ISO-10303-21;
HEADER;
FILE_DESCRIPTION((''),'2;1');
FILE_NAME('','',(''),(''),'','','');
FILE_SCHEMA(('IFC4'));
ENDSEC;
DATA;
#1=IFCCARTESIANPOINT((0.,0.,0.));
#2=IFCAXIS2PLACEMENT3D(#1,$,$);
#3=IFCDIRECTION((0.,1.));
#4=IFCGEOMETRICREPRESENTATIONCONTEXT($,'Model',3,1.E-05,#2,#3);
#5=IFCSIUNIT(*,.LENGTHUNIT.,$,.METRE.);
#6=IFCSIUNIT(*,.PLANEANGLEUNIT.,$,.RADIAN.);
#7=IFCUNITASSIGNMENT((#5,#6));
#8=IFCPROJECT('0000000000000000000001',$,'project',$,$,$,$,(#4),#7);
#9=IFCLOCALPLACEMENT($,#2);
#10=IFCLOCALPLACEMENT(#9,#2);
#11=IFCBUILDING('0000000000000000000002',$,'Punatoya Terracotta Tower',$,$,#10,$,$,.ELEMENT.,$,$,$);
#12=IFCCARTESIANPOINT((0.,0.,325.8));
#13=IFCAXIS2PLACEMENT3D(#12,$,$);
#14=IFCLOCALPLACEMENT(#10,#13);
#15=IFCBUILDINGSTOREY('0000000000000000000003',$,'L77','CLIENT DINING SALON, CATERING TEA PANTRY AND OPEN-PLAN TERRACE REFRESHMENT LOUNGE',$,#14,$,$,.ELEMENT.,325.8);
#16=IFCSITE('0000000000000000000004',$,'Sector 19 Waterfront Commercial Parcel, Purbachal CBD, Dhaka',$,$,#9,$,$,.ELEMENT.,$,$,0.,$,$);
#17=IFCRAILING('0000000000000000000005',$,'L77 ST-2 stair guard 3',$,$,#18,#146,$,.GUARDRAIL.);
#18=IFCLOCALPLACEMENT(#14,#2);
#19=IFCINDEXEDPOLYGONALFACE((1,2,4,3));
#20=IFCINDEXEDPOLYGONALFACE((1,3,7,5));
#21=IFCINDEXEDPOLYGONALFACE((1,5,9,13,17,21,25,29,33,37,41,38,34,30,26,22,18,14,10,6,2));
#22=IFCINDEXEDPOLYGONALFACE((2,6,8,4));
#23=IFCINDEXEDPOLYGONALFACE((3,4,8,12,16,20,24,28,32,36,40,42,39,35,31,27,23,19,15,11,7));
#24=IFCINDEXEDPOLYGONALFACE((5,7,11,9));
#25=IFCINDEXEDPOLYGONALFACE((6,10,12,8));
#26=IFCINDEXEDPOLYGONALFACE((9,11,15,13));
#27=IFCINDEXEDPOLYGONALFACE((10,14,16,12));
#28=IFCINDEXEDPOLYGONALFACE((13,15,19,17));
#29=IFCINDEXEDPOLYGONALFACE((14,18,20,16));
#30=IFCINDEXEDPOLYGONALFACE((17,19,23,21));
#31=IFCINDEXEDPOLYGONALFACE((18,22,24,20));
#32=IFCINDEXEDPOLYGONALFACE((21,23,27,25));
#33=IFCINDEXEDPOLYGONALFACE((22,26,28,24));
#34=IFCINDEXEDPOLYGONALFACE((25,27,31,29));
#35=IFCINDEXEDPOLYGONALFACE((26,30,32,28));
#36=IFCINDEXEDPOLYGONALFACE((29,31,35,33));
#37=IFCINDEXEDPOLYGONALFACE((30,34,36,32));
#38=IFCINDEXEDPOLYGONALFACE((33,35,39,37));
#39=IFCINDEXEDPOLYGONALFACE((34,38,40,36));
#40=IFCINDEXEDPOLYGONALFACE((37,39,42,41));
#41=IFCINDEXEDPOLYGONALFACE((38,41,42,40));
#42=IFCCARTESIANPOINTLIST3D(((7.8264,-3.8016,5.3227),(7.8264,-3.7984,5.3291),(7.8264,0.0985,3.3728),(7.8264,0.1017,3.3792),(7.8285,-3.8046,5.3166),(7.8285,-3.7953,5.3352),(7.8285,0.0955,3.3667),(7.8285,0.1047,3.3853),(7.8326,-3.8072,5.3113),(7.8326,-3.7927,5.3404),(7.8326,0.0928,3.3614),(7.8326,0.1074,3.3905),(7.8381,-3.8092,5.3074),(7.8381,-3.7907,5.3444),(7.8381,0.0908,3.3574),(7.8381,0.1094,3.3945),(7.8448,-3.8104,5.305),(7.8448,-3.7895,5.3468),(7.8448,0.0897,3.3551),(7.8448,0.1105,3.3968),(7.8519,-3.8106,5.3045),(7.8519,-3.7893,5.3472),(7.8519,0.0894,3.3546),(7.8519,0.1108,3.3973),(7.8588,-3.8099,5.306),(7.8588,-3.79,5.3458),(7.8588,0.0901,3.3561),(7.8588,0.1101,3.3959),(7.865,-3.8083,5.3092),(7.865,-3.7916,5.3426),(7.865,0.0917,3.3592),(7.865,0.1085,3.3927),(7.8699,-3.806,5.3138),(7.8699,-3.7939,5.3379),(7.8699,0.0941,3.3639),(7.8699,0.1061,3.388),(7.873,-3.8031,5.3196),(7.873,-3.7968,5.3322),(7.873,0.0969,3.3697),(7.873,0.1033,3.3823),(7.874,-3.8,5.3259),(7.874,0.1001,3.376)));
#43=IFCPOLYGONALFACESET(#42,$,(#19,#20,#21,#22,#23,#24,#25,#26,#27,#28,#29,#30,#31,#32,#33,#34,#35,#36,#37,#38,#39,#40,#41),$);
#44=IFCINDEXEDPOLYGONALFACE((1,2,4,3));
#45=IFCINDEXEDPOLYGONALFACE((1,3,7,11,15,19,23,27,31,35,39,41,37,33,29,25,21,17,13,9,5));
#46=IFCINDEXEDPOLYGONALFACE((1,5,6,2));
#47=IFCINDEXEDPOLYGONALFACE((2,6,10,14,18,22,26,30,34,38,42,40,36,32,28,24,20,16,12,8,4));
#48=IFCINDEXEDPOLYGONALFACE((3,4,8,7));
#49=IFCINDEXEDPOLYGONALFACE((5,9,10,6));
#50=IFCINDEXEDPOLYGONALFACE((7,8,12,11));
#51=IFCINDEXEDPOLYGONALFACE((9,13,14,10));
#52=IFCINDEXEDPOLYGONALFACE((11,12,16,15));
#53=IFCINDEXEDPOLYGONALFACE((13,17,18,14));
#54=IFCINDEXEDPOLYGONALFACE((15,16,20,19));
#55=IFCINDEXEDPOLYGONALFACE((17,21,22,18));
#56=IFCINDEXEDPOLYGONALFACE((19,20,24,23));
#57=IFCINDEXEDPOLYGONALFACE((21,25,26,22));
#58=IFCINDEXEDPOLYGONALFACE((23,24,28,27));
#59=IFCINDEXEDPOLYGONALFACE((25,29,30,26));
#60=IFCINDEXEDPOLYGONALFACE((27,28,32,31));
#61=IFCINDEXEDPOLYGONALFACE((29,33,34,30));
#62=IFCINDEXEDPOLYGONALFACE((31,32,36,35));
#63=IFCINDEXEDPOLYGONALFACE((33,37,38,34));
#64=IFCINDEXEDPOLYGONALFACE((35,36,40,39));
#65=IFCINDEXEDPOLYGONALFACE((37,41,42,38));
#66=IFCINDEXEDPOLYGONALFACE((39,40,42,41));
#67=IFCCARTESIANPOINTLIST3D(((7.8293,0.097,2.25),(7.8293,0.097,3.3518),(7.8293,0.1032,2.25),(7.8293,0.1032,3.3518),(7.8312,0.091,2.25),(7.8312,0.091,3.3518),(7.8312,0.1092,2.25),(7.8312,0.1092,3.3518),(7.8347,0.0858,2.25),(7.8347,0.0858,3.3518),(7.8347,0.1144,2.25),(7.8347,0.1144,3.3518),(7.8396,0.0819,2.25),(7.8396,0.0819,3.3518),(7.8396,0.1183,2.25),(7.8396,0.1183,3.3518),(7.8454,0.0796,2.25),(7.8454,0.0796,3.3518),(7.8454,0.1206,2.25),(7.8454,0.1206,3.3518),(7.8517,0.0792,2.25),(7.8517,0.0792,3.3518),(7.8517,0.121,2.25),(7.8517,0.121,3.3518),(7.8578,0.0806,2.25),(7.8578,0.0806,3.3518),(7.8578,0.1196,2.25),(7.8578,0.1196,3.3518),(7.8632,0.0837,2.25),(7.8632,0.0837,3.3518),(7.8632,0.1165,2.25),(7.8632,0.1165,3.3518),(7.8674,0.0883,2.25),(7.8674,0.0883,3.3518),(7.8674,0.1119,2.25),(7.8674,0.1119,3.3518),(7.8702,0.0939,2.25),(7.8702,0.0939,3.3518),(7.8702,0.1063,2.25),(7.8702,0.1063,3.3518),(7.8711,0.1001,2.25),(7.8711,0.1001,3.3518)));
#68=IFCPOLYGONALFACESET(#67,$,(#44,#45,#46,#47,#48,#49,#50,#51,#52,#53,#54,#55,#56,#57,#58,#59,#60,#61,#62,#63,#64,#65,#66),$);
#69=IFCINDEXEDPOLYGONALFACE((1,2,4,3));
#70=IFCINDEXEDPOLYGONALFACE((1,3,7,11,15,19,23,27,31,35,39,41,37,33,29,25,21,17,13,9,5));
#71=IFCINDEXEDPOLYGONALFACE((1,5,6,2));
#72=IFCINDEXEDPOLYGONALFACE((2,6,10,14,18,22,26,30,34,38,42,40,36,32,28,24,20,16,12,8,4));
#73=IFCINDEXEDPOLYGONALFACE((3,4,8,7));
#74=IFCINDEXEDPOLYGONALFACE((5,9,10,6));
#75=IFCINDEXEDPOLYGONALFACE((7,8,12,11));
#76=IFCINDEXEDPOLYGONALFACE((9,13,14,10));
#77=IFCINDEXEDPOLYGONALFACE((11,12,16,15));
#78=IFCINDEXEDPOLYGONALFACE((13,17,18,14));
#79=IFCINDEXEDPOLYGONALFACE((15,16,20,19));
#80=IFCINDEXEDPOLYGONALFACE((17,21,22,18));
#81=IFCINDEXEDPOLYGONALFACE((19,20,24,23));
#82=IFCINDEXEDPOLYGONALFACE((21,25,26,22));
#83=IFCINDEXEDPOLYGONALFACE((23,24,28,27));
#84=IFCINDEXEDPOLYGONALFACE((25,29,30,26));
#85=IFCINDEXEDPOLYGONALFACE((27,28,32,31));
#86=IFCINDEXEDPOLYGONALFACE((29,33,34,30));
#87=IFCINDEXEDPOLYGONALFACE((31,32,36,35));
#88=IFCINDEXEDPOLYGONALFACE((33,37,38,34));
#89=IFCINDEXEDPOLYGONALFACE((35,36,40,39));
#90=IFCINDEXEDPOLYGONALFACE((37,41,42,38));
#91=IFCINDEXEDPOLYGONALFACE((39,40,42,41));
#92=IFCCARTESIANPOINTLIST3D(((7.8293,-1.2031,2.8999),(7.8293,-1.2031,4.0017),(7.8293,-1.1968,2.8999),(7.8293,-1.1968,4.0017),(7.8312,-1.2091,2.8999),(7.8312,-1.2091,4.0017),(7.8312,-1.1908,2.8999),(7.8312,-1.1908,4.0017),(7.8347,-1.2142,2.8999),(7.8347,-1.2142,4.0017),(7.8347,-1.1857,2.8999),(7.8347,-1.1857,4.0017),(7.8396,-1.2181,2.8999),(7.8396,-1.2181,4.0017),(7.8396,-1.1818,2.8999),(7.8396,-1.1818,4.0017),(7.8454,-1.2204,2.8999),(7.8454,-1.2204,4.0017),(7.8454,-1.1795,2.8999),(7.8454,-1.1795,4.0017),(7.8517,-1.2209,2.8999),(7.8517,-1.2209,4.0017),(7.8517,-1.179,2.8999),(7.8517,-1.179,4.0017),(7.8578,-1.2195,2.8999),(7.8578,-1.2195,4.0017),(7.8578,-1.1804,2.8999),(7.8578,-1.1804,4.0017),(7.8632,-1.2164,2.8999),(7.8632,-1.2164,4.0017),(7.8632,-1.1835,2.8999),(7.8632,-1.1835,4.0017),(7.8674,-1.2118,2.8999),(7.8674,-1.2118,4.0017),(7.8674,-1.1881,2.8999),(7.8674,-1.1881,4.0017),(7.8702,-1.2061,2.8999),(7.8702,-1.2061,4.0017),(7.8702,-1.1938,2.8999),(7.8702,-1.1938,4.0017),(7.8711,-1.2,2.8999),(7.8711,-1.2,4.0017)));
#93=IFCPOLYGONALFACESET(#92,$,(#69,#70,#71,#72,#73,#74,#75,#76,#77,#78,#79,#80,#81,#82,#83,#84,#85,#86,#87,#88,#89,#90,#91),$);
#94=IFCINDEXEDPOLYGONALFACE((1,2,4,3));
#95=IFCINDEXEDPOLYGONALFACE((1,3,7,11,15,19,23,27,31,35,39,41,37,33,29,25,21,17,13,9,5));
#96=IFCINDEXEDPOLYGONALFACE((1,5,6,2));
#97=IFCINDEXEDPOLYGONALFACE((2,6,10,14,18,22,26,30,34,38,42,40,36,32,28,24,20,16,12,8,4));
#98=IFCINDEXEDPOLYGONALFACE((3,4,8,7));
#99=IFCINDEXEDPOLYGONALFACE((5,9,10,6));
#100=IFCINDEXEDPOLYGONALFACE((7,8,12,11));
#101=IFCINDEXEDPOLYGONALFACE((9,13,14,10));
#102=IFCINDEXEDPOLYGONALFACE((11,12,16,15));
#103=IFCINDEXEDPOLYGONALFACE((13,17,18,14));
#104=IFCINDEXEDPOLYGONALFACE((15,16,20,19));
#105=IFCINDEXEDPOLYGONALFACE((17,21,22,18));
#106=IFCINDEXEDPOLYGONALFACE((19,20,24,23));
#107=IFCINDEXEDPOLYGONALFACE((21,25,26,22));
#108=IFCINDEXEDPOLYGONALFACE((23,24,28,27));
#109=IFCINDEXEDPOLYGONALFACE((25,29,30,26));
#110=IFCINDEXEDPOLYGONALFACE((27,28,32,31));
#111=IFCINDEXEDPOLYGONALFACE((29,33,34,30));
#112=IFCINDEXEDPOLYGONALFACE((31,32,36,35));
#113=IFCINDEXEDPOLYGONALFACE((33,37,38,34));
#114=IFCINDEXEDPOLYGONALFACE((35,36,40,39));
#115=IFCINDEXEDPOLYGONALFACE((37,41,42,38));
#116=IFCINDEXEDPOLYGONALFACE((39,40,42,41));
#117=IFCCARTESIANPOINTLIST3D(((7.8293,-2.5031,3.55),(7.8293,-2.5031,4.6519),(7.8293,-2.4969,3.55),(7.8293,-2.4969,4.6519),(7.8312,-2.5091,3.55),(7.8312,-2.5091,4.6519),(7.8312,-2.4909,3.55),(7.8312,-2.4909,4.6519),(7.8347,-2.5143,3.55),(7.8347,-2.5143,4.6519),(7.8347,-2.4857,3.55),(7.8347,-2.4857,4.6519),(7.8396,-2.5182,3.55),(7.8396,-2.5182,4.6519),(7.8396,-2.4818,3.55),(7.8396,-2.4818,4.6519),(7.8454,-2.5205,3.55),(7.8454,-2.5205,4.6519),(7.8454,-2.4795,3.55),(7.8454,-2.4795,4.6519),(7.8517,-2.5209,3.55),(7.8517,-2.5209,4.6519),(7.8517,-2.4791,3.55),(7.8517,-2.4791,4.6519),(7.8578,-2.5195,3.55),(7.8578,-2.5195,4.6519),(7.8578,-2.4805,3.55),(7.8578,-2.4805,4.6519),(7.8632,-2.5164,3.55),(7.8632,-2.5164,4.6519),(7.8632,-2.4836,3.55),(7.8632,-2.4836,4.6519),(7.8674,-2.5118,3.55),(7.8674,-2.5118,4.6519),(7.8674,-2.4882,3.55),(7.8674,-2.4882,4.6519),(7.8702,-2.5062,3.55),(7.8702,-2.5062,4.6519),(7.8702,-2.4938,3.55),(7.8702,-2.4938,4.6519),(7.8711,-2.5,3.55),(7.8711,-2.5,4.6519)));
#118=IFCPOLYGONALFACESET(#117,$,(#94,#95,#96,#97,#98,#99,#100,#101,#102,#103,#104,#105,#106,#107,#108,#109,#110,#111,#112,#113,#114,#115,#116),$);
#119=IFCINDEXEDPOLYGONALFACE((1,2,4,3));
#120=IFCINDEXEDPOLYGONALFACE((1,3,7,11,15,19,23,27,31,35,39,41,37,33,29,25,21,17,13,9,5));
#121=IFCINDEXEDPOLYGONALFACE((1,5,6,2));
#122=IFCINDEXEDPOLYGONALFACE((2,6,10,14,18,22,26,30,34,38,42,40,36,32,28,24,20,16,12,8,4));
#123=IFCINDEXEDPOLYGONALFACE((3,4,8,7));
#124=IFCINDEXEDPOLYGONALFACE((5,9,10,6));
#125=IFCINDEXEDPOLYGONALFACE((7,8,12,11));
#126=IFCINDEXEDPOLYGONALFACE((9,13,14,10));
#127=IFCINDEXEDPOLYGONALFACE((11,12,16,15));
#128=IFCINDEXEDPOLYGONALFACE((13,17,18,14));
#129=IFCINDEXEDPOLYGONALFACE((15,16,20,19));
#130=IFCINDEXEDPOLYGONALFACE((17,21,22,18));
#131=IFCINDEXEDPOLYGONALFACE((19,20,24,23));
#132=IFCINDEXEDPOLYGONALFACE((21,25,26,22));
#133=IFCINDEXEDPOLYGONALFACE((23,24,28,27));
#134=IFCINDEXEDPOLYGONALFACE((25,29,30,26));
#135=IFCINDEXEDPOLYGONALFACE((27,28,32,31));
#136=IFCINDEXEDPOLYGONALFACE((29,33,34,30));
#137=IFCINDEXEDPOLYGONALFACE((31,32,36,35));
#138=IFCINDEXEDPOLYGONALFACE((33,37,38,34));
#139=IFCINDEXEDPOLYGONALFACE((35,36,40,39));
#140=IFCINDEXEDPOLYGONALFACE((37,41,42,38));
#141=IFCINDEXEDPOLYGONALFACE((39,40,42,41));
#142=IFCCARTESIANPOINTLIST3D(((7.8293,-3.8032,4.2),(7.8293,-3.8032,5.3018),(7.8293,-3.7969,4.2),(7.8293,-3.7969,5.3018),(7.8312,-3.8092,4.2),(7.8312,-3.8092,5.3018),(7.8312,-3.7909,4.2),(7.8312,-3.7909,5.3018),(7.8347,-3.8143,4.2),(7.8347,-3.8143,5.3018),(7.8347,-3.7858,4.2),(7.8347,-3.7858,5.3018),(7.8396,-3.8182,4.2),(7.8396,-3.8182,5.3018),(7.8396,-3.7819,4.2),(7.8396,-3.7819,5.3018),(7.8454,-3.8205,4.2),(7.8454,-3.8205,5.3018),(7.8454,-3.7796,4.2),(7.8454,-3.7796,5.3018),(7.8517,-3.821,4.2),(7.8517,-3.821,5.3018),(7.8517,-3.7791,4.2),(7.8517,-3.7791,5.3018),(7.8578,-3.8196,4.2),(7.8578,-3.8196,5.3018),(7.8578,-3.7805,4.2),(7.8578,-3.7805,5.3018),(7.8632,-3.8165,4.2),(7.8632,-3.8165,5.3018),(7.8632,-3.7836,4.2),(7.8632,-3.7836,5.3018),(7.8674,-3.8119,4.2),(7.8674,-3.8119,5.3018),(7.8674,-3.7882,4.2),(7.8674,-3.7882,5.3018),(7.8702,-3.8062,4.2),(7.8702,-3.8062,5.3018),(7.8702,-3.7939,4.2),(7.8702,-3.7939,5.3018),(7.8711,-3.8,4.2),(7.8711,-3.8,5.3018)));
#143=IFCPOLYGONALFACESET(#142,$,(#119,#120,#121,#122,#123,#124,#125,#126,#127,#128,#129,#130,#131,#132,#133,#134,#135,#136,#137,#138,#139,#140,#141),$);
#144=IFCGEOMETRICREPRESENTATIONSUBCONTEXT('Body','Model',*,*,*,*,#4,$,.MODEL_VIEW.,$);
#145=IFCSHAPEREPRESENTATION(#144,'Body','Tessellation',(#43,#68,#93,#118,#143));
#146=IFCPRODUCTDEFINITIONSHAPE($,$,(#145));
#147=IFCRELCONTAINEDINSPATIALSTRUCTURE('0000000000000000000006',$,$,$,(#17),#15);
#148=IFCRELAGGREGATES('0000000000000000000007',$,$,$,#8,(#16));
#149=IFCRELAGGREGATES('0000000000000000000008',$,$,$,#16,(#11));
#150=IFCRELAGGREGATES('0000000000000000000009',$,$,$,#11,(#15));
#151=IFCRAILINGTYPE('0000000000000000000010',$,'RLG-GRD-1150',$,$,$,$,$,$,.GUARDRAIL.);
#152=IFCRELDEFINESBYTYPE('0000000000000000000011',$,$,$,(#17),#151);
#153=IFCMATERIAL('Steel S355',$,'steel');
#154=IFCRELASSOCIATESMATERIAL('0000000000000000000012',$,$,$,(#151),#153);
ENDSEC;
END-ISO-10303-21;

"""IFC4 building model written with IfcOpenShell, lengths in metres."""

from ifc_helpers import new_model, si_unit, direction, frame, origin, origin_2d, place, context, subcontext, project, spatial, circle, extrude, material, type_object, element, save


model = new_model("IFC4")

# Units and contexts
model_context = context("Model", 3, precision=1e-05, world=origin(), true_north=direction((0.0, 1.0)))
body_context = subcontext(model_context, "Body", "Model", "MODEL_VIEW")
ifc_project = project(units=[si_unit("LENGTHUNIT", "METRE"), si_unit("PLANEANGLEUNIT", "RADIAN")], contexts=[model_context])

# Site, building, storey
site_placement = place(None, origin())
site = spatial("IfcSite", under=ifc_project, at=site_placement, Name="Sector 19 Waterfront Commercial Parcel, Purbachal CBD, Dhaka", CompositionType="ELEMENT", RefElevation=0.0)
building_placement = place(site_placement, origin())
building = spatial("IfcBuilding", under=site, at=building_placement, Name="Punatoya Terracotta Tower", CompositionType="ELEMENT")
storey_placement = place(building_placement, frame((0.0, 0.0, 325.8)))
storey = spatial("IfcBuildingStorey", under=building, at=storey_placement, Name="L77", Description="CLIENT DINING SALON, CATERING TEA PANTRY AND OPEN-PLAN TERRACE REFRESHMENT LOUNGE", CompositionType="ELEMENT", Elevation=325.8)

# Shared definitions
ifc_material_1 = material(Name="Steel S355", Category="steel")

# Railing
railing_type_1 = type_object("IfcRailingType", Name="RLG-GRD-1150", PredefinedType="GUARDRAIL", material=ifc_material_1)
railing_1_placement = place(storey_placement, frame((7.8501, 0.1001, 2.25)))
element("IfcRailing", 1, at=railing_1_placement, inside=storey, type_object=railing_type_1, Name="L77 ST-2 stair guard 3", PredefinedType="GUARDRAIL", context=body_context, shape_type="SweptSolid", body=[
    extrude(circle(Radius=0.0239, at=origin_2d()), frame((0.0, 0.0, 1.126), z_axis=(0.0, -0.894438, 0.447191), x_axis=(1.0, 0.0, 0.0)), (0.0, 0.0, 1.0), 4.3604),
    extrude(circle(Radius=0.021, at=origin_2d()), origin(), (0.0, 0.0, 1.0), 1.1018),
    extrude(circle(Radius=0.021, at=origin_2d()), frame((0.0, -1.3, 0.6499)), (0.0, 0.0, 1.0), 1.1018),
    extrude(circle(Radius=0.021, at=origin_2d()), frame((0.0, -2.6001, 1.3)), (0.0, 0.0, 1.0), 1.1018),
    extrude(circle(Radius=0.021, at=origin_2d()), frame((0.0, -3.9001, 1.95)), (0.0, 0.0, 1.0), 1.1018),
])

save(model, "model.ifc")
